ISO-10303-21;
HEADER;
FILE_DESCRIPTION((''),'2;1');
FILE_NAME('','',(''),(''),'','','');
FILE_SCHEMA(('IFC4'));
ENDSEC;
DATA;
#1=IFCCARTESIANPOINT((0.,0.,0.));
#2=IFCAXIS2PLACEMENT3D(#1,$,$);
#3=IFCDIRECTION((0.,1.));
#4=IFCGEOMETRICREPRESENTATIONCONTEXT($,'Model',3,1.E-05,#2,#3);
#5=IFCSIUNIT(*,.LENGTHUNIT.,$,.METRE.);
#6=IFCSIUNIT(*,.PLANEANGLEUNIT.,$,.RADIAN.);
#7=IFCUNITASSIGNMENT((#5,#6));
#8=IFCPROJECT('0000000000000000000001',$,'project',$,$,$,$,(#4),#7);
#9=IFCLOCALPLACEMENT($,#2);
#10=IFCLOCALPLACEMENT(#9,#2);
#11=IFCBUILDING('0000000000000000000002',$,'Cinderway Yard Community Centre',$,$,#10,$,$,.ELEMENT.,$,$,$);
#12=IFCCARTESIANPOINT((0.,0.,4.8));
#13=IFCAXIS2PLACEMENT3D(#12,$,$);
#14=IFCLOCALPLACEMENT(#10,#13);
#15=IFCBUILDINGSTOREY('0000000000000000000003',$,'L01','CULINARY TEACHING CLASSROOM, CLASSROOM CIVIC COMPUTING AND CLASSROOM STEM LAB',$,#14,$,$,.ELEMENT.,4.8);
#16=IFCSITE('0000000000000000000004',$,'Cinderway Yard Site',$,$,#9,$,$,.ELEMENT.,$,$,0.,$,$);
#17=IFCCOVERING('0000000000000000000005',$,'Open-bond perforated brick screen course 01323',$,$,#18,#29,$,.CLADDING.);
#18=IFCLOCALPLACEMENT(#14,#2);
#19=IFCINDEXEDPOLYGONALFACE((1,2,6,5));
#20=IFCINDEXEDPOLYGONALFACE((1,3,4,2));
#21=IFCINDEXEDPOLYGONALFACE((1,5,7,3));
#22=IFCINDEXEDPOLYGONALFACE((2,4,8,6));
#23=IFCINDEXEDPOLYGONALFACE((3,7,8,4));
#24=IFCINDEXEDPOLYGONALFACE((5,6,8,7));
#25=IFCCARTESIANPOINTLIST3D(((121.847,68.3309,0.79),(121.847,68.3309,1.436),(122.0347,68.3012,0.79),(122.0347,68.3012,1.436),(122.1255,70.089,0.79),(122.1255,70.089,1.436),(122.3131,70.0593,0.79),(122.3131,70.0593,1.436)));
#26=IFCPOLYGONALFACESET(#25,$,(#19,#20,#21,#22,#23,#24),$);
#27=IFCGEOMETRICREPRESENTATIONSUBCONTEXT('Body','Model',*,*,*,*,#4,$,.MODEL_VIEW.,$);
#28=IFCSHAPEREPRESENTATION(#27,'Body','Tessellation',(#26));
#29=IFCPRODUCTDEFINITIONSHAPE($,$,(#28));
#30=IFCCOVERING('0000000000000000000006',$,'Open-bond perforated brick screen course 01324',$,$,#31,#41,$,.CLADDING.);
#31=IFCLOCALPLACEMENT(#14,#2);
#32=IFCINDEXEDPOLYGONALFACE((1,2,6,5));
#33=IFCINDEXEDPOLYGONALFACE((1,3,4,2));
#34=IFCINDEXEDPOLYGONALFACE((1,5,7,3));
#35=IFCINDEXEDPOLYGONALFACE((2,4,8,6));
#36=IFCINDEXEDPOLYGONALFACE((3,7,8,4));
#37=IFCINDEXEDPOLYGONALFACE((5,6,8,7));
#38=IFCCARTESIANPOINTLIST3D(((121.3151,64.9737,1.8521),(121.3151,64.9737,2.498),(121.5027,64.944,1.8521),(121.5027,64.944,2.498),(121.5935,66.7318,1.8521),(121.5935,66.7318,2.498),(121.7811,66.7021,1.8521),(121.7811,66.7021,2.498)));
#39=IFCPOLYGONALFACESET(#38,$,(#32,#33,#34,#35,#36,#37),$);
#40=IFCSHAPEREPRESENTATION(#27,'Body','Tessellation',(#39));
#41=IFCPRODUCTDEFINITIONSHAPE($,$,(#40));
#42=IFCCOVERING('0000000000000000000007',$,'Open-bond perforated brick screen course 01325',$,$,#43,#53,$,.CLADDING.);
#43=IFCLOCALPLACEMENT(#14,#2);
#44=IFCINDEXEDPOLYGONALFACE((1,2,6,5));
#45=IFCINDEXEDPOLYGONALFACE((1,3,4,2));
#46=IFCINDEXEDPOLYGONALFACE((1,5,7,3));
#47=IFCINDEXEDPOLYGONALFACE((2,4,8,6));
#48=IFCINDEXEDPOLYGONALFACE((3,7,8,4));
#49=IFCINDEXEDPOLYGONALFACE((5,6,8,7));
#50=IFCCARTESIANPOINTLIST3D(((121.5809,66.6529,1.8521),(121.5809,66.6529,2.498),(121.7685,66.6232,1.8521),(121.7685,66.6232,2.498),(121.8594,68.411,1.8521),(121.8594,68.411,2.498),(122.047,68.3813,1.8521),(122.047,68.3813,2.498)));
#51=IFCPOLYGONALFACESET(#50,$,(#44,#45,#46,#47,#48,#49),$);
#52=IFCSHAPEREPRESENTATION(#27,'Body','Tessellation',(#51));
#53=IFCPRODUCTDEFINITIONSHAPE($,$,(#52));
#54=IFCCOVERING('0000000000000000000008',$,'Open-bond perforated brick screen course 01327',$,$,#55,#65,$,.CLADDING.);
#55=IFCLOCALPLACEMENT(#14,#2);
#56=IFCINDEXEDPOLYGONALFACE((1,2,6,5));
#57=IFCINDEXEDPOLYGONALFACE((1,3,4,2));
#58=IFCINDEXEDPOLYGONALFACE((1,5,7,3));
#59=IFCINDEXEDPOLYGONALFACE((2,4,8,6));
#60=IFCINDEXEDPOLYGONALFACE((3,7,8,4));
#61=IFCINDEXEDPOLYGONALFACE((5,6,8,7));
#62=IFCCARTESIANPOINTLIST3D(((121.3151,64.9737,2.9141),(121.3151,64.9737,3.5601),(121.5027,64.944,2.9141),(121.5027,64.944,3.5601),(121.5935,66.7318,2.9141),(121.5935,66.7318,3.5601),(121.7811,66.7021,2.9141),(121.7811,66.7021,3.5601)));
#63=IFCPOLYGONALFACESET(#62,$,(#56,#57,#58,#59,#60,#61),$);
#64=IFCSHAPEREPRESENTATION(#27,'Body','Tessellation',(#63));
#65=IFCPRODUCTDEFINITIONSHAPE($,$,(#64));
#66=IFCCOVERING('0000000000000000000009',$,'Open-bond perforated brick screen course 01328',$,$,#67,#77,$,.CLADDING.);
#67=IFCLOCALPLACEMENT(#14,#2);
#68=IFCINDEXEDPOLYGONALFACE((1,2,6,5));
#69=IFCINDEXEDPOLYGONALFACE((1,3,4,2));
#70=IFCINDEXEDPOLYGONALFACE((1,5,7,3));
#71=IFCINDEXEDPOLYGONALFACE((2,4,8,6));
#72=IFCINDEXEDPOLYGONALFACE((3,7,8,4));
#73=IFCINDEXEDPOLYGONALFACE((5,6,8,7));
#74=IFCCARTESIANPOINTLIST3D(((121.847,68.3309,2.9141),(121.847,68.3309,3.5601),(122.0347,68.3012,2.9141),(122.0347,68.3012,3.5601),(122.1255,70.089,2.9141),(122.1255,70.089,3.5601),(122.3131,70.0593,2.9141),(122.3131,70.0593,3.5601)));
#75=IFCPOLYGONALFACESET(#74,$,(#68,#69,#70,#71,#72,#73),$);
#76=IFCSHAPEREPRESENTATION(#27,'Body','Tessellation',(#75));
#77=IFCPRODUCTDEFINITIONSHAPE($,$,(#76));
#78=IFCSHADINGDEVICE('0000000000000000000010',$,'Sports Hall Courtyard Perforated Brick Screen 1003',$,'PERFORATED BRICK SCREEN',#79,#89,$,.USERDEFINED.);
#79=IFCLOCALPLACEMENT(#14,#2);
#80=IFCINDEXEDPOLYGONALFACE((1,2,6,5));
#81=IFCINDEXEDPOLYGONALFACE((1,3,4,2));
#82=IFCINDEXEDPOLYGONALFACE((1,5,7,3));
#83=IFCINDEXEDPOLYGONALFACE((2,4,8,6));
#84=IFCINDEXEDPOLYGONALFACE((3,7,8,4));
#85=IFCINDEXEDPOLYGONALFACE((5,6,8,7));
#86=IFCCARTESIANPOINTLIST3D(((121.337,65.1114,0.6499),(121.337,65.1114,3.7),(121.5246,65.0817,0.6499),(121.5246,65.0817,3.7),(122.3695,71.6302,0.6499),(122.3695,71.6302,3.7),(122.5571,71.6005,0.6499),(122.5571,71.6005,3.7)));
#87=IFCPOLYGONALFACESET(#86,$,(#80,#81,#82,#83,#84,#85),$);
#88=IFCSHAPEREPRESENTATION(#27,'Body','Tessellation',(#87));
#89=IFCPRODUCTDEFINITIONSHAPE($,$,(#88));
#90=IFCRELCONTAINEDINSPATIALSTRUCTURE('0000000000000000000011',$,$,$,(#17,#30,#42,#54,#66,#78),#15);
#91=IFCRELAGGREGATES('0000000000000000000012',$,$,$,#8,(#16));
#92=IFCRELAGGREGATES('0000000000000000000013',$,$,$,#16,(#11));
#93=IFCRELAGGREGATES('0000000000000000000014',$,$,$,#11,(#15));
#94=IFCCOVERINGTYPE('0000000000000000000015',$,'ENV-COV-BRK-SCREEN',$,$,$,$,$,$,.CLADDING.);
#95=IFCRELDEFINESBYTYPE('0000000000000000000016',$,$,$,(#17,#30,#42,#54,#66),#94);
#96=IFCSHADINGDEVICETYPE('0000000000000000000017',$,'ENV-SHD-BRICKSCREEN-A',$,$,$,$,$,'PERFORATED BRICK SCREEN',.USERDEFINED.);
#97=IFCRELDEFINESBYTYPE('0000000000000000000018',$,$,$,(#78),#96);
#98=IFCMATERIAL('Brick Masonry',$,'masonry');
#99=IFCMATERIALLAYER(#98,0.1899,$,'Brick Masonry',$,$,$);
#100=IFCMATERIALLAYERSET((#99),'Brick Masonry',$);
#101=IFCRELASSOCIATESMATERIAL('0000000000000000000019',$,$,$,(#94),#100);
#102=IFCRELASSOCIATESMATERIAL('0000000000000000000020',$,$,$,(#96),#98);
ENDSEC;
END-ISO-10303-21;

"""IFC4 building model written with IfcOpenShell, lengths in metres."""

from ifc_helpers import new_model, si_unit, direction, frame, origin, origin_2d, place, context, subcontext, project, spatial, rectangle, extrude, material, layer, layer_set, type_object, element, save


model = new_model("IFC4")

# Units and contexts
model_context = context("Model", 3, precision=1e-05, world=origin(), true_north=direction((0.0, 1.0)))
body_context = subcontext(model_context, "Body", "Model", "MODEL_VIEW")
ifc_project = project(units=[si_unit("LENGTHUNIT", "METRE"), si_unit("PLANEANGLEUNIT", "RADIAN")], contexts=[model_context])

# Site, building, storey
site_placement = place(None, origin())
site = spatial("IfcSite", under=ifc_project, at=site_placement, Name="Cinderway Yard Site", CompositionType="ELEMENT", RefElevation=0.0)
building_placement = place(site_placement, origin())
building = spatial("IfcBuilding", under=site, at=building_placement, Name="Cinderway Yard Community Centre", CompositionType="ELEMENT")
storey_placement = place(building_placement, frame((0.0, 0.0, 4.8)))
storey = spatial("IfcBuildingStorey", under=building, at=storey_placement, Name="L01", Description="CULINARY TEACHING CLASSROOM, CLASSROOM CIVIC COMPUTING AND CLASSROOM STEM LAB", CompositionType="ELEMENT", Elevation=4.8)

# Coverings
ifc_material_1 = material(Name="Brick Masonry", Category="masonry")
ifc_layer_1 = layer(ifc_material_1, 0.1899, Name="Brick Masonry")
ifc_layer_set_1 = layer_set([ifc_layer_1], Name="Brick Masonry")
covering_type = type_object("IfcCoveringType", Name="ENV-COV-BRK-SCREEN", PredefinedType="CLADDING", material=ifc_layer_set_1)
for number, where, z_axis, x_axis, name in (
    (1, (122.0801, 69.1951, 0.79), (0.0, 0.0, 1.0), (0.156434, 0.987688, 0.0), "Open-bond perforated brick screen course 01323"),
    (2, (121.5481, 65.8379, 1.8521), (0.0, 0.0, 1.0), (0.156434, 0.987688, 0.0), "Open-bond perforated brick screen course 01324"),
    (3, (121.814, 67.5171, 1.8521), (0.0, 0.0, 1.0), (0.156434, 0.987688, 0.0), "Open-bond perforated brick screen course 01325"),
    (4, (121.5481, 65.8379, 2.9141), (0.0, 0.0, 1.0), (0.156434, 0.987688, 0.0), "Open-bond perforated brick screen course 01327"),
    (5, (122.0801, 69.1951, 2.9141), (0.0, 0.0, 1.0), (0.156434, 0.987688, 0.0), "Open-bond perforated brick screen course 01328"),
):
    element("IfcCovering", number, at=place(storey_placement, frame(where, z_axis=z_axis, x_axis=x_axis)), inside=storey, type_object=covering_type, Name=name, PredefinedType="CLADDING", context=body_context, shape_type="SweptSolid", body=[
        extrude(rectangle(XDim=1.78, YDim=0.1899, at=origin_2d()), origin(), (0.0, 0.0, 1.0), 0.646),
    ])

# Shading device
shading_device_type = type_object("IfcShadingDeviceType", Name="ENV-SHD-BRICKSCREEN-A", ElementType="PERFORATED BRICK SCREEN", PredefinedType="USERDEFINED", material=ifc_material_1)
shading_device_placement = place(storey_placement, frame((121.947, 68.356, 0.6499), z_axis=(0.0, 0.0, 1.0), x_axis=(0.156434, 0.987688, 0.0)))
element("IfcShadingDevice", 6, at=shading_device_placement, inside=storey, type_object=shading_device_type, Name="Sports Hall Courtyard Perforated Brick Screen 1003", ObjectType="PERFORATED BRICK SCREEN", PredefinedType="USERDEFINED", context=body_context, shape_type="SweptSolid", body=[
    extrude(rectangle(XDim=6.6001, YDim=0.1899, at=origin_2d()), origin(), (0.0, 0.0, 1.0), 3.05),
])

save(model, "model.ifc")
